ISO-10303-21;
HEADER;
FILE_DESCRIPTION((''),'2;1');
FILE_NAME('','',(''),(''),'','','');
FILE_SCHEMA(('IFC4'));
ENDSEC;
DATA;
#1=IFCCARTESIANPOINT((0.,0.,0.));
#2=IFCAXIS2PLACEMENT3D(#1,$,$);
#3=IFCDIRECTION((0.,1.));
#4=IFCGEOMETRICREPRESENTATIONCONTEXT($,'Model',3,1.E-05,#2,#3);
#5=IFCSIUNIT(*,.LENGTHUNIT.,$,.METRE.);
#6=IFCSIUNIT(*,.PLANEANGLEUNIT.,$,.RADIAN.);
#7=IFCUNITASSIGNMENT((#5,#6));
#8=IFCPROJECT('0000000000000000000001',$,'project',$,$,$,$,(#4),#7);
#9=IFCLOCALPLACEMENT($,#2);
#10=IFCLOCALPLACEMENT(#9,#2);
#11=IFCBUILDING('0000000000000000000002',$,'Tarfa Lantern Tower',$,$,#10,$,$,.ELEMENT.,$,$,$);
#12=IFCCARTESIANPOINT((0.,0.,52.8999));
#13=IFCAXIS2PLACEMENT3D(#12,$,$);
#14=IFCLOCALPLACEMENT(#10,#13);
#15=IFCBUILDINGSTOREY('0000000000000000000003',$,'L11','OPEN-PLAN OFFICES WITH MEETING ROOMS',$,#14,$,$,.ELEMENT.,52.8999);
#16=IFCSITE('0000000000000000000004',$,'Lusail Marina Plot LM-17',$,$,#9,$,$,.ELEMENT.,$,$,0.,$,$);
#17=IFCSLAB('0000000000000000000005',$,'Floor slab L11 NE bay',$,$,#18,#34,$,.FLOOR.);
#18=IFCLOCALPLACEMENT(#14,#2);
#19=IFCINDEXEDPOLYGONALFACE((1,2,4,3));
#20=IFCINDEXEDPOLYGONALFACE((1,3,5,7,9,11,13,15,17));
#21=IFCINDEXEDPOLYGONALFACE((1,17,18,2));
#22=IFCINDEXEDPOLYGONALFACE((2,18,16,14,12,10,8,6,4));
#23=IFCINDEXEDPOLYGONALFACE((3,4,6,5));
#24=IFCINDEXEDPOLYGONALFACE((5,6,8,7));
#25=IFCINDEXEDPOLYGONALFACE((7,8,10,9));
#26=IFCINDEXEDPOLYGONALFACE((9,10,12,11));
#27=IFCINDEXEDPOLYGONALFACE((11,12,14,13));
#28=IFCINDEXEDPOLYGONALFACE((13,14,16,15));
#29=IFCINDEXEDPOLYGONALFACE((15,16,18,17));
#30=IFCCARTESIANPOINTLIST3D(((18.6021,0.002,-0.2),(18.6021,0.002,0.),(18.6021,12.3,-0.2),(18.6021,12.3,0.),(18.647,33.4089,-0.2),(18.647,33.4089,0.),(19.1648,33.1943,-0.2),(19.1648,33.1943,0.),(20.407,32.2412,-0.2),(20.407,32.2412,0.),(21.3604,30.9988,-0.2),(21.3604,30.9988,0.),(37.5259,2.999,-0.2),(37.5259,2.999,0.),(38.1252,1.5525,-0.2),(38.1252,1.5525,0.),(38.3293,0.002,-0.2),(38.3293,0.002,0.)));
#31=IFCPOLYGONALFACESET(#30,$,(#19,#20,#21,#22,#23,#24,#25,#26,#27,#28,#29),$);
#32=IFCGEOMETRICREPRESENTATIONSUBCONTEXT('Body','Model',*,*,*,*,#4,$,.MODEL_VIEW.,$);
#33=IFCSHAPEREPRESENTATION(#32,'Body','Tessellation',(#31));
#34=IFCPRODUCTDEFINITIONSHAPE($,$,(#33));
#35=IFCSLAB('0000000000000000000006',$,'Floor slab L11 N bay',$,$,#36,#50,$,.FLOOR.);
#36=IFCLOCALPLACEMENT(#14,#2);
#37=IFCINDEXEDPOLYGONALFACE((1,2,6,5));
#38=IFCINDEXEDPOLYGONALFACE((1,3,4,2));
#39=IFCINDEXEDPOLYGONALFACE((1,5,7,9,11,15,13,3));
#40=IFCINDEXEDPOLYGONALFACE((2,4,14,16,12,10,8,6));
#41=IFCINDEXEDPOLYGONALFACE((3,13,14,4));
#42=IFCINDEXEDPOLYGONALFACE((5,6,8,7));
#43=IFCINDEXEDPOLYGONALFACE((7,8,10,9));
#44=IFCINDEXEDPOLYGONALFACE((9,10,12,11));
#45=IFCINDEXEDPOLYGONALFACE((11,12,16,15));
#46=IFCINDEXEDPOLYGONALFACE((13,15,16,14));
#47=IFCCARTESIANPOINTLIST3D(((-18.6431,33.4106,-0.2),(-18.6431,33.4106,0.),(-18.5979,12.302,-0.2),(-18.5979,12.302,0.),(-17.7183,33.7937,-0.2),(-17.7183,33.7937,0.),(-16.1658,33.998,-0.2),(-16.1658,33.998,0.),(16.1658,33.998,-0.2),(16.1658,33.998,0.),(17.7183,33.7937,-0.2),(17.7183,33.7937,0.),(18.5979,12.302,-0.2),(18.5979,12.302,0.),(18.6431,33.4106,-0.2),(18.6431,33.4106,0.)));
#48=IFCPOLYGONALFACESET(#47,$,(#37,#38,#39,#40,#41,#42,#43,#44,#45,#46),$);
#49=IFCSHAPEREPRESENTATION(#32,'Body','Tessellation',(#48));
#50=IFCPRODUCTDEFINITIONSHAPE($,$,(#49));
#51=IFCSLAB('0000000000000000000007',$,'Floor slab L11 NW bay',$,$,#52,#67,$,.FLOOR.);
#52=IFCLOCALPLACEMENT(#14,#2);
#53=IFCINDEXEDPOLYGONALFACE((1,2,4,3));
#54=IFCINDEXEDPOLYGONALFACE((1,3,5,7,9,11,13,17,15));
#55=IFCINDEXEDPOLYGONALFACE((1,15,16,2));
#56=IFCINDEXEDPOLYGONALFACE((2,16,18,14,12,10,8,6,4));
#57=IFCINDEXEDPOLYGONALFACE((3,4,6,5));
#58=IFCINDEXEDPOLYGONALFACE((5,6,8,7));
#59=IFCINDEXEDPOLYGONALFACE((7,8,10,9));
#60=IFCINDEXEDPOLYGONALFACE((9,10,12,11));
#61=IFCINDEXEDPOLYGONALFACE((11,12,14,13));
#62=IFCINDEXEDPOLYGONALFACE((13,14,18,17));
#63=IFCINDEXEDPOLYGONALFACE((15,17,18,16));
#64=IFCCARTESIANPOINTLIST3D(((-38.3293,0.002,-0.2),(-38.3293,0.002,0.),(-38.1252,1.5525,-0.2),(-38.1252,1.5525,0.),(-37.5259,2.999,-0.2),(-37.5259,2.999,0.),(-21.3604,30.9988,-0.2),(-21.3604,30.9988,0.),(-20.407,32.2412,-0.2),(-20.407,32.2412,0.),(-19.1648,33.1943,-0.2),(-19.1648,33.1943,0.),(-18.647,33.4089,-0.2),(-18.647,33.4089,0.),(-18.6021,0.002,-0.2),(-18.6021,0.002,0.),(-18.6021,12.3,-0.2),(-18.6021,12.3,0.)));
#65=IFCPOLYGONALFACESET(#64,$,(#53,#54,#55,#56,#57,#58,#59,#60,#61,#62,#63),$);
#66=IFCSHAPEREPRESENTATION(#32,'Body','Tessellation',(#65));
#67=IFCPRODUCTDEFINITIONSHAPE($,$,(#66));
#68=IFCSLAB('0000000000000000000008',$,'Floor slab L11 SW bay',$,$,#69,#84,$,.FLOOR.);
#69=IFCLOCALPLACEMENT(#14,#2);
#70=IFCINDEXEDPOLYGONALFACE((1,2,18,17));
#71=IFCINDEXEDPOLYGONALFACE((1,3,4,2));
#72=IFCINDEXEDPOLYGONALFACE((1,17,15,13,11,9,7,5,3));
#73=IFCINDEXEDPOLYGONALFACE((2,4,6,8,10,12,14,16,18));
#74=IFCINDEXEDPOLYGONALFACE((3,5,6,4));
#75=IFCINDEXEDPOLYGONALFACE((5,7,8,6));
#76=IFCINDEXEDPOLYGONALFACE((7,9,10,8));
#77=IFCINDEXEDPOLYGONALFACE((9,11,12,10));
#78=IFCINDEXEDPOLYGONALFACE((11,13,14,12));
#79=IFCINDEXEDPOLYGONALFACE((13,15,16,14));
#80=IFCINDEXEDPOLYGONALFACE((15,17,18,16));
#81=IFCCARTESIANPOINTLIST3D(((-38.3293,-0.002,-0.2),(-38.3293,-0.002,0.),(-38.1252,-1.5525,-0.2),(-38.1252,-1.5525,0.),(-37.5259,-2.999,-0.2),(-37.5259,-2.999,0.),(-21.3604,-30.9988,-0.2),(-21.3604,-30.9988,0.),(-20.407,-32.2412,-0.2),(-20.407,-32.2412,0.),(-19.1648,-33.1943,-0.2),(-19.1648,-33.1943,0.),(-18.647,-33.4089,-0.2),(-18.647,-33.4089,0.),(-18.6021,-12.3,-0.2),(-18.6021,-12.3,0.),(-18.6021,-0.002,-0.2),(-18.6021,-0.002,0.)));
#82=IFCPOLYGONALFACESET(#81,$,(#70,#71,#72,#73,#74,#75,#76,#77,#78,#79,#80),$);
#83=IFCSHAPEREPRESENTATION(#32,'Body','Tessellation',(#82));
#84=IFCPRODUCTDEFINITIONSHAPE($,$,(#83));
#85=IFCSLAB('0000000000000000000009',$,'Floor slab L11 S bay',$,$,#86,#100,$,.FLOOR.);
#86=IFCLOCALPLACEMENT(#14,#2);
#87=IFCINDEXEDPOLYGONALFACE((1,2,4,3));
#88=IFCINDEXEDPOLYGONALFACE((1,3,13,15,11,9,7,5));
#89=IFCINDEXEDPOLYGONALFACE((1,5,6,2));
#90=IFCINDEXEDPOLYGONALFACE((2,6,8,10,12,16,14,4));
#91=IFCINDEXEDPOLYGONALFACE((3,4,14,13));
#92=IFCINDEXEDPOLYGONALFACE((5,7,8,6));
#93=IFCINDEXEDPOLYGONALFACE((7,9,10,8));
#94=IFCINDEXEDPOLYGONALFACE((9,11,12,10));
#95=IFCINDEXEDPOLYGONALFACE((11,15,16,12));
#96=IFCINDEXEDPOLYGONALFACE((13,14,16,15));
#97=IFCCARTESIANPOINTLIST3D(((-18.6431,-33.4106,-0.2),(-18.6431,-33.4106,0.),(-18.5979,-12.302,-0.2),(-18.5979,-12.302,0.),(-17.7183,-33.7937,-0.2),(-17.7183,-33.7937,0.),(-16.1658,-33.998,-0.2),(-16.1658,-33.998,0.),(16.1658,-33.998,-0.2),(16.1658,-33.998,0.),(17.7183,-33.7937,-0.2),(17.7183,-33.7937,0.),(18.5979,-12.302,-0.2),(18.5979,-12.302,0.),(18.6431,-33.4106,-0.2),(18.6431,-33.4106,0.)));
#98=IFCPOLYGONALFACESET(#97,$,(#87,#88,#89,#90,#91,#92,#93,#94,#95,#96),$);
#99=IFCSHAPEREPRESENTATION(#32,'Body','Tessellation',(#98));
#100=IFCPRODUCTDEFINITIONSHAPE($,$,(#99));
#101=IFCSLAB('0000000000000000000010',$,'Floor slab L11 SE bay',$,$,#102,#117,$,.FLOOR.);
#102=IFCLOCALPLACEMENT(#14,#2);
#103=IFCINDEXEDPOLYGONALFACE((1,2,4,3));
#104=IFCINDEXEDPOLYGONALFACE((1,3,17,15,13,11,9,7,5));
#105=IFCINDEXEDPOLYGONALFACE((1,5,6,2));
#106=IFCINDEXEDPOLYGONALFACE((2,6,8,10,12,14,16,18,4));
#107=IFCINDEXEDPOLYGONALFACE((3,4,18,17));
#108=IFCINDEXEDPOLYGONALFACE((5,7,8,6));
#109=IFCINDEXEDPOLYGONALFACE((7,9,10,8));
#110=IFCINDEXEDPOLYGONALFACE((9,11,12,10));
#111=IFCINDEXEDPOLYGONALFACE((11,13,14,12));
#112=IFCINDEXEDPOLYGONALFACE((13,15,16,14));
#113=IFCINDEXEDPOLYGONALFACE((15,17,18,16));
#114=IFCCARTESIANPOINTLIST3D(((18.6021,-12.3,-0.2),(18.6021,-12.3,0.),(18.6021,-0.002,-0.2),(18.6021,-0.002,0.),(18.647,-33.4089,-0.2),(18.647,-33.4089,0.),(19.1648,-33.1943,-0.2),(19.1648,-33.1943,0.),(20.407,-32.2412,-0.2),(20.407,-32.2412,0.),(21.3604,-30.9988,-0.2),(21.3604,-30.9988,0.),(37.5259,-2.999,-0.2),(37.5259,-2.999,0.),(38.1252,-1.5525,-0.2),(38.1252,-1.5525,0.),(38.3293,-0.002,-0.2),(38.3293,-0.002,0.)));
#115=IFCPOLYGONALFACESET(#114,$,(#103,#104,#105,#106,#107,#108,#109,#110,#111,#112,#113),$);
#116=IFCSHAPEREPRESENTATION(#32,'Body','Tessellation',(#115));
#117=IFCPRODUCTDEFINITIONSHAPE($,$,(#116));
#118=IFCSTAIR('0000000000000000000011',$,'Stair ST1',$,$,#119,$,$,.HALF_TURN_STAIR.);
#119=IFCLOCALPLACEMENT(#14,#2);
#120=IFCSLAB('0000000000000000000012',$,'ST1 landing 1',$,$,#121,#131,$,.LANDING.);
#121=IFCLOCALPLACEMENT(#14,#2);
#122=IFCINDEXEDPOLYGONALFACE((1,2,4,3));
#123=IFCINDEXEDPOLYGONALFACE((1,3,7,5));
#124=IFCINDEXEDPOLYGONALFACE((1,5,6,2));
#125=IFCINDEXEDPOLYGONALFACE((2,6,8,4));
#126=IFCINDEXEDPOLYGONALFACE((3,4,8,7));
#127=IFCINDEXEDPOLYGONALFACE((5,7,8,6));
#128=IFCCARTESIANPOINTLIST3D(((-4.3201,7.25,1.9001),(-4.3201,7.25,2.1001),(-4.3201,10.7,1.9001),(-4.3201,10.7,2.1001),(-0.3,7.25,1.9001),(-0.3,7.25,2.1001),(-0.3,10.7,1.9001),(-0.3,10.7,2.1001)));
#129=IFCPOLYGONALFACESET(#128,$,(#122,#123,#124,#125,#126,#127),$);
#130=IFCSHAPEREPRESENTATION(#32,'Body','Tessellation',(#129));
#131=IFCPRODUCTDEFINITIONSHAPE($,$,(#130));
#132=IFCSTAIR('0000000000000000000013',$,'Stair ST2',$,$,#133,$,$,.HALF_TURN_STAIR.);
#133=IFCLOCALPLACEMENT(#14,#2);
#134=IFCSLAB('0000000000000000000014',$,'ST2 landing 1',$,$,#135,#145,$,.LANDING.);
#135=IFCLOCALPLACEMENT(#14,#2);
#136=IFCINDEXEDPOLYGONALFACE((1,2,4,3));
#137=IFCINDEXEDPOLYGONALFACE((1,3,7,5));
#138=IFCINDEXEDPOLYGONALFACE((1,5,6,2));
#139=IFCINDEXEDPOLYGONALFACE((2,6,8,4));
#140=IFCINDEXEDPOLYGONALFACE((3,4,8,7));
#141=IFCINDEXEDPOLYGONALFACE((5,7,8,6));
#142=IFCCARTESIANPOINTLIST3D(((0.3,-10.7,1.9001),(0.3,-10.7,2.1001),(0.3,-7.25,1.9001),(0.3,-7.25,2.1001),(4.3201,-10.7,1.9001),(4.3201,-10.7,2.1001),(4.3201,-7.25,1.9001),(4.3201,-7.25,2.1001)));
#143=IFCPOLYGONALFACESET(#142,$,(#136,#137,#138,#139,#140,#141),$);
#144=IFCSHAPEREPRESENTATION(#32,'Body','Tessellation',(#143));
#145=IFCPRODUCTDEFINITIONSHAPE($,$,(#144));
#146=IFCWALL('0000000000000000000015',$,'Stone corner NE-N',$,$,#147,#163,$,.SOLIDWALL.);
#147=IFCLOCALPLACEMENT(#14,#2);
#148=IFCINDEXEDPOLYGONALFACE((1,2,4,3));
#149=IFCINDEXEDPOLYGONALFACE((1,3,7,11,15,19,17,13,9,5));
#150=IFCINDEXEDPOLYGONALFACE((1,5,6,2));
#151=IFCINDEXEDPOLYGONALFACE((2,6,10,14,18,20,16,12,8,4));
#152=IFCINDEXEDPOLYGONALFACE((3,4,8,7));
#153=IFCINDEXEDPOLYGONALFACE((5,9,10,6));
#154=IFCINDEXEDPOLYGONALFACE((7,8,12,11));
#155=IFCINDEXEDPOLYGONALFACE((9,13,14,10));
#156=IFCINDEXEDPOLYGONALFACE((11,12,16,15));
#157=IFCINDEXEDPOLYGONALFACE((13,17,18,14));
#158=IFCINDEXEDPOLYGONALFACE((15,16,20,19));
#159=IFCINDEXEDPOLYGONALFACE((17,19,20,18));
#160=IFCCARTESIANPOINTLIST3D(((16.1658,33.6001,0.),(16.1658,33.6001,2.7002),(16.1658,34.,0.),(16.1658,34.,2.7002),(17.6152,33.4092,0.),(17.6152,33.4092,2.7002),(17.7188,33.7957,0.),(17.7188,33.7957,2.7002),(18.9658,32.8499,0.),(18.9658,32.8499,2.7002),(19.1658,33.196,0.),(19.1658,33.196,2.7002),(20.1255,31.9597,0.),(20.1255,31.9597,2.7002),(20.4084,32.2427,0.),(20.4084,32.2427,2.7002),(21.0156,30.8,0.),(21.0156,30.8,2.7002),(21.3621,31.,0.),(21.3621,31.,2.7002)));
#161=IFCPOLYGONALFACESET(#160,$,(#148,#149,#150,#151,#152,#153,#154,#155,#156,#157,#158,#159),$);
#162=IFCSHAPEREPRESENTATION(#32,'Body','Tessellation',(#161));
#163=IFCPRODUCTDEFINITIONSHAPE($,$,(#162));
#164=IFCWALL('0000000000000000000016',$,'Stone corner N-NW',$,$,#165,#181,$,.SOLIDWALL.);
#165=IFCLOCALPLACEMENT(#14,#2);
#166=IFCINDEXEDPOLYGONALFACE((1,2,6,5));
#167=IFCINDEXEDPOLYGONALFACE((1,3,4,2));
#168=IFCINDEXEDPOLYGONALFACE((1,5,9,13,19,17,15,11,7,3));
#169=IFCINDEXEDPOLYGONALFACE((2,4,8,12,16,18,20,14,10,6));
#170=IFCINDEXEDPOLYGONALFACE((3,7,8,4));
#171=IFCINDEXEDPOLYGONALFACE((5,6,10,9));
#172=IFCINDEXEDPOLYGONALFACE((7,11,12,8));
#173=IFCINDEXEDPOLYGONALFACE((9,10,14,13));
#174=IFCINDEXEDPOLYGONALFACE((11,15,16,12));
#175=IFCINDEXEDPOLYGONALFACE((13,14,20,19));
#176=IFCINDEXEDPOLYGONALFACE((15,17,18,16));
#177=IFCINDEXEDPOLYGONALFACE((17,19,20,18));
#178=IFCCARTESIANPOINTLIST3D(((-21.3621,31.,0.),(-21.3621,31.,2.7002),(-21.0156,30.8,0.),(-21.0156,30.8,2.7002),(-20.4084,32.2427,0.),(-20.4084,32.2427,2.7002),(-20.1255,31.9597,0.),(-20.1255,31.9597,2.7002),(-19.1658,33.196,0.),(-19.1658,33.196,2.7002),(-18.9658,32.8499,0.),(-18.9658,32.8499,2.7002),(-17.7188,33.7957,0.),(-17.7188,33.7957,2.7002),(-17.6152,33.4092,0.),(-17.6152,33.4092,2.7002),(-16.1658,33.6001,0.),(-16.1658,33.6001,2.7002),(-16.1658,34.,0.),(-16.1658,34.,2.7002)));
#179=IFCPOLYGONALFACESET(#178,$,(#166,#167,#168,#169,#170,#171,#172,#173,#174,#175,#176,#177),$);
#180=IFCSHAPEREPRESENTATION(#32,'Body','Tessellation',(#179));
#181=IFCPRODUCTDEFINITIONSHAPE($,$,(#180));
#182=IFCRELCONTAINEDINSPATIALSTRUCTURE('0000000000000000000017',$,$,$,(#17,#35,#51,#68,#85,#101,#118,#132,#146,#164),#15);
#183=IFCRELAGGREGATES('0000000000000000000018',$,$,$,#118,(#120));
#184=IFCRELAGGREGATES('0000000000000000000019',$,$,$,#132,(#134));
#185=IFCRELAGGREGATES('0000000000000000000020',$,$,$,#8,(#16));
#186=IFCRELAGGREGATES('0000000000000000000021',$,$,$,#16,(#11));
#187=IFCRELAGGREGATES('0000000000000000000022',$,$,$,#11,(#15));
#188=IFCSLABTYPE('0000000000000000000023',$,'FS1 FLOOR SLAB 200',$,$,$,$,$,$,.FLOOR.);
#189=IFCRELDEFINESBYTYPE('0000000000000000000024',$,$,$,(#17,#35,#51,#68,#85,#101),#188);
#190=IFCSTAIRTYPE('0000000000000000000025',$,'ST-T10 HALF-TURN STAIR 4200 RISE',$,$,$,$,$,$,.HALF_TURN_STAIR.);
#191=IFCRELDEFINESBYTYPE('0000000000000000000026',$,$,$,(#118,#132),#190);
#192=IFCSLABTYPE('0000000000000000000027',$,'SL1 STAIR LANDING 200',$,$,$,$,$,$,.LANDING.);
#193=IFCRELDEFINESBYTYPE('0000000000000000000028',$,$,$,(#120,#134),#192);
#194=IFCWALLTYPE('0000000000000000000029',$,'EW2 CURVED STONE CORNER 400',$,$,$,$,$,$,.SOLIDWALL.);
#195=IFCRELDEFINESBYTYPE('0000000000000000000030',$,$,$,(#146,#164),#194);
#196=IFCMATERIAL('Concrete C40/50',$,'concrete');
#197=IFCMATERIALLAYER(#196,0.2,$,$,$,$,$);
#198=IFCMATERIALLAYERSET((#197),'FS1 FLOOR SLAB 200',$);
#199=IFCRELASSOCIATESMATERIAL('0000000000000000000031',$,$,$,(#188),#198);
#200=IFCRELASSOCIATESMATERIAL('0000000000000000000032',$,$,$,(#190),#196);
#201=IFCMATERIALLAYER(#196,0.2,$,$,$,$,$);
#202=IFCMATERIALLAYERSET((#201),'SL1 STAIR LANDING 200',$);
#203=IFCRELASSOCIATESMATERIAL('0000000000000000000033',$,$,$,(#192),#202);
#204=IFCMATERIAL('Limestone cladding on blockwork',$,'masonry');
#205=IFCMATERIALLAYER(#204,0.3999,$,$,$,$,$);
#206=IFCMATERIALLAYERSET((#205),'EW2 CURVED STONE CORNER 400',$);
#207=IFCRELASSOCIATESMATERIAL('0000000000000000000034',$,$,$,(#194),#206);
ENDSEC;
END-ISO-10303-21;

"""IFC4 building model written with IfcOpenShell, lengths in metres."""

from ifc_helpers import new_model, si_unit, direction, frame, origin, place, context, subcontext, project, spatial, polyline, outline, extrude, material, layer, layer_set, type_object, element, aggregate, save


model = new_model("IFC4")

# Units and contexts
model_context = context("Model", 3, precision=1e-05, world=origin(), true_north=direction((0.0, 1.0)))
body_context = subcontext(model_context, "Body", "Model", "MODEL_VIEW")
ifc_project = project(units=[si_unit("LENGTHUNIT", "METRE"), si_unit("PLANEANGLEUNIT", "RADIAN")], contexts=[model_context])

# Site, building, storey
site_placement = place(None, origin())
site = spatial("IfcSite", under=ifc_project, at=site_placement, Name="Lusail Marina Plot LM-17", CompositionType="ELEMENT", RefElevation=0.0)
building_placement = place(site_placement, origin())
building = spatial("IfcBuilding", under=site, at=building_placement, Name="Tarfa Lantern Tower", CompositionType="ELEMENT")
storey_placement = place(building_placement, frame((0.0, 0.0, 52.8999)))
storey = spatial("IfcBuildingStorey", under=building, at=storey_placement, Name="L11", Description="OPEN-PLAN OFFICES WITH MEETING ROOMS", CompositionType="ELEMENT", Elevation=52.8999)

# Slabs
ifc_material_1 = material(Name="Concrete C40/50", Category="concrete")
ifc_layer_1 = layer(ifc_material_1, 0.2)
ifc_layer_set_1 = layer_set([ifc_layer_1], Name="FS1 FLOOR SLAB 200")
slab_type_1 = type_object("IfcSlabType", Name="FS1 FLOOR SLAB 200", PredefinedType="FLOOR", material=ifc_layer_set_1)
slab_1_placement = place(storey_placement, frame((0.0, 0.0, -0.2)))
element("IfcSlab", 1, at=slab_1_placement, inside=storey, type_object=slab_type_1, Name="Floor slab L11 NE bay", PredefinedType="FLOOR", context=body_context, shape_type="SweptSolid", body=[
    extrude(outline(polyline([(37.5259, 2.999), (21.3604, 30.9988), (20.407, 32.2412), (19.1648, 33.1943), (18.647, 33.4089), (18.6021, 12.3), (18.6021, 0.002), (38.3293, 0.002), (38.1252, 1.5525), (37.5259, 2.999)])), origin(), (0.0, 0.0, 1.0), 0.2),
])
slab_2_placement = place(storey_placement, frame((0.0, 0.0, -0.2)))
element("IfcSlab", 2, at=slab_2_placement, inside=storey, type_object=slab_type_1, Name="Floor slab L11 N bay", PredefinedType="FLOOR", context=body_context, shape_type="SweptSolid", body=[
    extrude(outline(polyline([(-18.5979, 12.302), (18.5979, 12.302), (18.6431, 33.4106), (17.7183, 33.7937), (16.1658, 33.998), (-16.1658, 33.998), (-17.7183, 33.7937), (-18.6431, 33.4106), (-18.5979, 12.302)])), origin(), (0.0, 0.0, 1.0), 0.2),
])
slab_3_placement = place(storey_placement, frame((0.0, 0.0, -0.2)))
element("IfcSlab", 3, at=slab_3_placement, inside=storey, type_object=slab_type_1, Name="Floor slab L11 NW bay", PredefinedType="FLOOR", context=body_context, shape_type="SweptSolid", body=[
    extrude(outline(polyline([(-18.6021, 0.002), (-18.6021, 12.3), (-18.647, 33.4089), (-19.1648, 33.1943), (-20.407, 32.2412), (-21.3604, 30.9988), (-37.5259, 2.999), (-38.1252, 1.5525), (-38.3293, 0.002), (-18.6021, 0.002)])), origin(), (0.0, 0.0, 1.0), 0.2),
])
slab_4_placement = place(storey_placement, frame((0.0, 0.0, -0.2)))
element("IfcSlab", 4, at=slab_4_placement, inside=storey, type_object=slab_type_1, Name="Floor slab L11 SW bay", PredefinedType="FLOOR", context=body_context, shape_type="SweptSolid", body=[
    extrude(outline(polyline([(-18.6021, -12.3), (-18.6021, -0.002), (-38.3293, -0.002), (-38.1252, -1.5525), (-37.5259, -2.999), (-21.3604, -30.9988), (-20.407, -32.2412), (-19.1648, -33.1943), (-18.647, -33.4089), (-18.6021, -12.3)])), origin(), (0.0, 0.0, 1.0), 0.2),
])
slab_5_placement = place(storey_placement, frame((0.0, 0.0, -0.2)))
element("IfcSlab", 5, at=slab_5_placement, inside=storey, type_object=slab_type_1, Name="Floor slab L11 S bay", PredefinedType="FLOOR", context=body_context, shape_type="SweptSolid", body=[
    extrude(outline(polyline([(18.5979, -12.302), (-18.5979, -12.302), (-18.6431, -33.4106), (-17.7183, -33.7937), (-16.1658, -33.998), (16.1658, -33.998), (17.7183, -33.7937), (18.6431, -33.4106), (18.5979, -12.302)])), origin(), (0.0, 0.0, 1.0), 0.2),
])
slab_6_placement = place(storey_placement, frame((0.0, 0.0, -0.2)))
element("IfcSlab", 6, at=slab_6_placement, inside=storey, type_object=slab_type_1, Name="Floor slab L11 SE bay", PredefinedType="FLOOR", context=body_context, shape_type="SweptSolid", body=[
    extrude(outline(polyline([(18.6021, -0.002), (18.6021, -12.3), (18.647, -33.4089), (19.1648, -33.1943), (20.407, -32.2412), (21.3604, -30.9988), (37.5259, -2.999), (38.1252, -1.5525), (38.3293, -0.002), (18.6021, -0.002)])), origin(), (0.0, 0.0, 1.0), 0.2),
])

# Stairs, slabs
stair_type = type_object("IfcStairType", Name="ST-T10 HALF-TURN STAIR 4200 RISE", PredefinedType="HALF_TURN_STAIR", material=ifc_material_1)
stair_1_placement = place(storey_placement, origin())
stair_1 = element("IfcStair", 7, at=stair_1_placement, inside=storey, type_object=stair_type, Name="Stair ST1", PredefinedType="HALF_TURN_STAIR")
ifc_layer_2 = layer(ifc_material_1, 0.2)
ifc_layer_set_2 = layer_set([ifc_layer_2], Name="SL1 STAIR LANDING 200")
slab_type_2 = type_object("IfcSlabType", Name="SL1 STAIR LANDING 200", PredefinedType="LANDING", material=ifc_layer_set_2)
slab_7_placement = place(storey_placement, frame((0.0, 0.0, 1.9001)))
slab_7 = element("IfcSlab", 8, at=slab_7_placement, type_object=slab_type_2, Name="ST1 landing 1", PredefinedType="LANDING", context=body_context, shape_type="SweptSolid", body=[
    extrude(outline(polyline([(-4.3201, 7.25), (-0.3, 7.25), (-0.3, 10.7), (-4.3201, 10.7), (-4.3201, 7.25)])), origin(), (0.0, 0.0, 1.0), 0.2),
])
aggregate(stair_1, [slab_7])
stair_2_placement = place(storey_placement, origin())
stair_2 = element("IfcStair", 9, at=stair_2_placement, inside=storey, type_object=stair_type, Name="Stair ST2", PredefinedType="HALF_TURN_STAIR")
slab_8_placement = place(storey_placement, frame((0.0, 0.0, 1.9001)))
slab_8 = element("IfcSlab", 10, at=slab_8_placement, type_object=slab_type_2, Name="ST2 landing 1", PredefinedType="LANDING", context=body_context, shape_type="SweptSolid", body=[
    extrude(outline(polyline([(4.3201, -7.25), (0.3, -7.25), (0.3, -10.7), (4.3201, -10.7), (4.3201, -7.25)])), origin(), (0.0, 0.0, 1.0), 0.2),
])
aggregate(stair_2, [slab_8])

# Walls
ifc_material_2 = material(Name="Limestone cladding on blockwork", Category="masonry")
ifc_layer_3 = layer(ifc_material_2, 0.3999)
ifc_layer_set_3 = layer_set([ifc_layer_3], Name="EW2 CURVED STONE CORNER 400")
wall_type_1 = type_object("IfcWallType", Name="EW2 CURVED STONE CORNER 400", PredefinedType="SOLIDWALL", material=ifc_layer_set_3)
wall_1_placement = place(storey_placement, origin())
element("IfcWall", 11, at=wall_1_placement, inside=storey, type_object=wall_type_1, Name="Stone corner NE-N", PredefinedType="SOLIDWALL", context=body_context, shape_type="SweptSolid", body=[
    extrude(outline(polyline([(21.3621, 31.0), (20.4084, 32.2427), (19.1658, 33.196), (17.7188, 33.7957), (16.1658, 34.0), (16.1658, 33.6001), (17.6152, 33.4092), (18.9658, 32.8499), (20.1255, 31.9597), (21.0156, 30.8), (21.3621, 31.0)])), origin(), (0.0, 0.0, 1.0), 2.7002),
])
wall_2_placement = place(storey_placement, origin())
element("IfcWall", 12, at=wall_2_placement, inside=storey, type_object=wall_type_1, Name="Stone corner N-NW", PredefinedType="SOLIDWALL", context=body_context, shape_type="SweptSolid", body=[
    extrude(outline(polyline([(-16.1658, 34.0), (-17.7188, 33.7957), (-19.1658, 33.196), (-20.4084, 32.2427), (-21.3621, 31.0), (-21.0156, 30.8), (-20.1255, 31.9597), (-18.9658, 32.8499), (-17.6152, 33.4092), (-16.1658, 33.6001), (-16.1658, 34.0)])), origin(), (0.0, 0.0, 1.0), 2.7002),
])

save(model, "model.ifc")
